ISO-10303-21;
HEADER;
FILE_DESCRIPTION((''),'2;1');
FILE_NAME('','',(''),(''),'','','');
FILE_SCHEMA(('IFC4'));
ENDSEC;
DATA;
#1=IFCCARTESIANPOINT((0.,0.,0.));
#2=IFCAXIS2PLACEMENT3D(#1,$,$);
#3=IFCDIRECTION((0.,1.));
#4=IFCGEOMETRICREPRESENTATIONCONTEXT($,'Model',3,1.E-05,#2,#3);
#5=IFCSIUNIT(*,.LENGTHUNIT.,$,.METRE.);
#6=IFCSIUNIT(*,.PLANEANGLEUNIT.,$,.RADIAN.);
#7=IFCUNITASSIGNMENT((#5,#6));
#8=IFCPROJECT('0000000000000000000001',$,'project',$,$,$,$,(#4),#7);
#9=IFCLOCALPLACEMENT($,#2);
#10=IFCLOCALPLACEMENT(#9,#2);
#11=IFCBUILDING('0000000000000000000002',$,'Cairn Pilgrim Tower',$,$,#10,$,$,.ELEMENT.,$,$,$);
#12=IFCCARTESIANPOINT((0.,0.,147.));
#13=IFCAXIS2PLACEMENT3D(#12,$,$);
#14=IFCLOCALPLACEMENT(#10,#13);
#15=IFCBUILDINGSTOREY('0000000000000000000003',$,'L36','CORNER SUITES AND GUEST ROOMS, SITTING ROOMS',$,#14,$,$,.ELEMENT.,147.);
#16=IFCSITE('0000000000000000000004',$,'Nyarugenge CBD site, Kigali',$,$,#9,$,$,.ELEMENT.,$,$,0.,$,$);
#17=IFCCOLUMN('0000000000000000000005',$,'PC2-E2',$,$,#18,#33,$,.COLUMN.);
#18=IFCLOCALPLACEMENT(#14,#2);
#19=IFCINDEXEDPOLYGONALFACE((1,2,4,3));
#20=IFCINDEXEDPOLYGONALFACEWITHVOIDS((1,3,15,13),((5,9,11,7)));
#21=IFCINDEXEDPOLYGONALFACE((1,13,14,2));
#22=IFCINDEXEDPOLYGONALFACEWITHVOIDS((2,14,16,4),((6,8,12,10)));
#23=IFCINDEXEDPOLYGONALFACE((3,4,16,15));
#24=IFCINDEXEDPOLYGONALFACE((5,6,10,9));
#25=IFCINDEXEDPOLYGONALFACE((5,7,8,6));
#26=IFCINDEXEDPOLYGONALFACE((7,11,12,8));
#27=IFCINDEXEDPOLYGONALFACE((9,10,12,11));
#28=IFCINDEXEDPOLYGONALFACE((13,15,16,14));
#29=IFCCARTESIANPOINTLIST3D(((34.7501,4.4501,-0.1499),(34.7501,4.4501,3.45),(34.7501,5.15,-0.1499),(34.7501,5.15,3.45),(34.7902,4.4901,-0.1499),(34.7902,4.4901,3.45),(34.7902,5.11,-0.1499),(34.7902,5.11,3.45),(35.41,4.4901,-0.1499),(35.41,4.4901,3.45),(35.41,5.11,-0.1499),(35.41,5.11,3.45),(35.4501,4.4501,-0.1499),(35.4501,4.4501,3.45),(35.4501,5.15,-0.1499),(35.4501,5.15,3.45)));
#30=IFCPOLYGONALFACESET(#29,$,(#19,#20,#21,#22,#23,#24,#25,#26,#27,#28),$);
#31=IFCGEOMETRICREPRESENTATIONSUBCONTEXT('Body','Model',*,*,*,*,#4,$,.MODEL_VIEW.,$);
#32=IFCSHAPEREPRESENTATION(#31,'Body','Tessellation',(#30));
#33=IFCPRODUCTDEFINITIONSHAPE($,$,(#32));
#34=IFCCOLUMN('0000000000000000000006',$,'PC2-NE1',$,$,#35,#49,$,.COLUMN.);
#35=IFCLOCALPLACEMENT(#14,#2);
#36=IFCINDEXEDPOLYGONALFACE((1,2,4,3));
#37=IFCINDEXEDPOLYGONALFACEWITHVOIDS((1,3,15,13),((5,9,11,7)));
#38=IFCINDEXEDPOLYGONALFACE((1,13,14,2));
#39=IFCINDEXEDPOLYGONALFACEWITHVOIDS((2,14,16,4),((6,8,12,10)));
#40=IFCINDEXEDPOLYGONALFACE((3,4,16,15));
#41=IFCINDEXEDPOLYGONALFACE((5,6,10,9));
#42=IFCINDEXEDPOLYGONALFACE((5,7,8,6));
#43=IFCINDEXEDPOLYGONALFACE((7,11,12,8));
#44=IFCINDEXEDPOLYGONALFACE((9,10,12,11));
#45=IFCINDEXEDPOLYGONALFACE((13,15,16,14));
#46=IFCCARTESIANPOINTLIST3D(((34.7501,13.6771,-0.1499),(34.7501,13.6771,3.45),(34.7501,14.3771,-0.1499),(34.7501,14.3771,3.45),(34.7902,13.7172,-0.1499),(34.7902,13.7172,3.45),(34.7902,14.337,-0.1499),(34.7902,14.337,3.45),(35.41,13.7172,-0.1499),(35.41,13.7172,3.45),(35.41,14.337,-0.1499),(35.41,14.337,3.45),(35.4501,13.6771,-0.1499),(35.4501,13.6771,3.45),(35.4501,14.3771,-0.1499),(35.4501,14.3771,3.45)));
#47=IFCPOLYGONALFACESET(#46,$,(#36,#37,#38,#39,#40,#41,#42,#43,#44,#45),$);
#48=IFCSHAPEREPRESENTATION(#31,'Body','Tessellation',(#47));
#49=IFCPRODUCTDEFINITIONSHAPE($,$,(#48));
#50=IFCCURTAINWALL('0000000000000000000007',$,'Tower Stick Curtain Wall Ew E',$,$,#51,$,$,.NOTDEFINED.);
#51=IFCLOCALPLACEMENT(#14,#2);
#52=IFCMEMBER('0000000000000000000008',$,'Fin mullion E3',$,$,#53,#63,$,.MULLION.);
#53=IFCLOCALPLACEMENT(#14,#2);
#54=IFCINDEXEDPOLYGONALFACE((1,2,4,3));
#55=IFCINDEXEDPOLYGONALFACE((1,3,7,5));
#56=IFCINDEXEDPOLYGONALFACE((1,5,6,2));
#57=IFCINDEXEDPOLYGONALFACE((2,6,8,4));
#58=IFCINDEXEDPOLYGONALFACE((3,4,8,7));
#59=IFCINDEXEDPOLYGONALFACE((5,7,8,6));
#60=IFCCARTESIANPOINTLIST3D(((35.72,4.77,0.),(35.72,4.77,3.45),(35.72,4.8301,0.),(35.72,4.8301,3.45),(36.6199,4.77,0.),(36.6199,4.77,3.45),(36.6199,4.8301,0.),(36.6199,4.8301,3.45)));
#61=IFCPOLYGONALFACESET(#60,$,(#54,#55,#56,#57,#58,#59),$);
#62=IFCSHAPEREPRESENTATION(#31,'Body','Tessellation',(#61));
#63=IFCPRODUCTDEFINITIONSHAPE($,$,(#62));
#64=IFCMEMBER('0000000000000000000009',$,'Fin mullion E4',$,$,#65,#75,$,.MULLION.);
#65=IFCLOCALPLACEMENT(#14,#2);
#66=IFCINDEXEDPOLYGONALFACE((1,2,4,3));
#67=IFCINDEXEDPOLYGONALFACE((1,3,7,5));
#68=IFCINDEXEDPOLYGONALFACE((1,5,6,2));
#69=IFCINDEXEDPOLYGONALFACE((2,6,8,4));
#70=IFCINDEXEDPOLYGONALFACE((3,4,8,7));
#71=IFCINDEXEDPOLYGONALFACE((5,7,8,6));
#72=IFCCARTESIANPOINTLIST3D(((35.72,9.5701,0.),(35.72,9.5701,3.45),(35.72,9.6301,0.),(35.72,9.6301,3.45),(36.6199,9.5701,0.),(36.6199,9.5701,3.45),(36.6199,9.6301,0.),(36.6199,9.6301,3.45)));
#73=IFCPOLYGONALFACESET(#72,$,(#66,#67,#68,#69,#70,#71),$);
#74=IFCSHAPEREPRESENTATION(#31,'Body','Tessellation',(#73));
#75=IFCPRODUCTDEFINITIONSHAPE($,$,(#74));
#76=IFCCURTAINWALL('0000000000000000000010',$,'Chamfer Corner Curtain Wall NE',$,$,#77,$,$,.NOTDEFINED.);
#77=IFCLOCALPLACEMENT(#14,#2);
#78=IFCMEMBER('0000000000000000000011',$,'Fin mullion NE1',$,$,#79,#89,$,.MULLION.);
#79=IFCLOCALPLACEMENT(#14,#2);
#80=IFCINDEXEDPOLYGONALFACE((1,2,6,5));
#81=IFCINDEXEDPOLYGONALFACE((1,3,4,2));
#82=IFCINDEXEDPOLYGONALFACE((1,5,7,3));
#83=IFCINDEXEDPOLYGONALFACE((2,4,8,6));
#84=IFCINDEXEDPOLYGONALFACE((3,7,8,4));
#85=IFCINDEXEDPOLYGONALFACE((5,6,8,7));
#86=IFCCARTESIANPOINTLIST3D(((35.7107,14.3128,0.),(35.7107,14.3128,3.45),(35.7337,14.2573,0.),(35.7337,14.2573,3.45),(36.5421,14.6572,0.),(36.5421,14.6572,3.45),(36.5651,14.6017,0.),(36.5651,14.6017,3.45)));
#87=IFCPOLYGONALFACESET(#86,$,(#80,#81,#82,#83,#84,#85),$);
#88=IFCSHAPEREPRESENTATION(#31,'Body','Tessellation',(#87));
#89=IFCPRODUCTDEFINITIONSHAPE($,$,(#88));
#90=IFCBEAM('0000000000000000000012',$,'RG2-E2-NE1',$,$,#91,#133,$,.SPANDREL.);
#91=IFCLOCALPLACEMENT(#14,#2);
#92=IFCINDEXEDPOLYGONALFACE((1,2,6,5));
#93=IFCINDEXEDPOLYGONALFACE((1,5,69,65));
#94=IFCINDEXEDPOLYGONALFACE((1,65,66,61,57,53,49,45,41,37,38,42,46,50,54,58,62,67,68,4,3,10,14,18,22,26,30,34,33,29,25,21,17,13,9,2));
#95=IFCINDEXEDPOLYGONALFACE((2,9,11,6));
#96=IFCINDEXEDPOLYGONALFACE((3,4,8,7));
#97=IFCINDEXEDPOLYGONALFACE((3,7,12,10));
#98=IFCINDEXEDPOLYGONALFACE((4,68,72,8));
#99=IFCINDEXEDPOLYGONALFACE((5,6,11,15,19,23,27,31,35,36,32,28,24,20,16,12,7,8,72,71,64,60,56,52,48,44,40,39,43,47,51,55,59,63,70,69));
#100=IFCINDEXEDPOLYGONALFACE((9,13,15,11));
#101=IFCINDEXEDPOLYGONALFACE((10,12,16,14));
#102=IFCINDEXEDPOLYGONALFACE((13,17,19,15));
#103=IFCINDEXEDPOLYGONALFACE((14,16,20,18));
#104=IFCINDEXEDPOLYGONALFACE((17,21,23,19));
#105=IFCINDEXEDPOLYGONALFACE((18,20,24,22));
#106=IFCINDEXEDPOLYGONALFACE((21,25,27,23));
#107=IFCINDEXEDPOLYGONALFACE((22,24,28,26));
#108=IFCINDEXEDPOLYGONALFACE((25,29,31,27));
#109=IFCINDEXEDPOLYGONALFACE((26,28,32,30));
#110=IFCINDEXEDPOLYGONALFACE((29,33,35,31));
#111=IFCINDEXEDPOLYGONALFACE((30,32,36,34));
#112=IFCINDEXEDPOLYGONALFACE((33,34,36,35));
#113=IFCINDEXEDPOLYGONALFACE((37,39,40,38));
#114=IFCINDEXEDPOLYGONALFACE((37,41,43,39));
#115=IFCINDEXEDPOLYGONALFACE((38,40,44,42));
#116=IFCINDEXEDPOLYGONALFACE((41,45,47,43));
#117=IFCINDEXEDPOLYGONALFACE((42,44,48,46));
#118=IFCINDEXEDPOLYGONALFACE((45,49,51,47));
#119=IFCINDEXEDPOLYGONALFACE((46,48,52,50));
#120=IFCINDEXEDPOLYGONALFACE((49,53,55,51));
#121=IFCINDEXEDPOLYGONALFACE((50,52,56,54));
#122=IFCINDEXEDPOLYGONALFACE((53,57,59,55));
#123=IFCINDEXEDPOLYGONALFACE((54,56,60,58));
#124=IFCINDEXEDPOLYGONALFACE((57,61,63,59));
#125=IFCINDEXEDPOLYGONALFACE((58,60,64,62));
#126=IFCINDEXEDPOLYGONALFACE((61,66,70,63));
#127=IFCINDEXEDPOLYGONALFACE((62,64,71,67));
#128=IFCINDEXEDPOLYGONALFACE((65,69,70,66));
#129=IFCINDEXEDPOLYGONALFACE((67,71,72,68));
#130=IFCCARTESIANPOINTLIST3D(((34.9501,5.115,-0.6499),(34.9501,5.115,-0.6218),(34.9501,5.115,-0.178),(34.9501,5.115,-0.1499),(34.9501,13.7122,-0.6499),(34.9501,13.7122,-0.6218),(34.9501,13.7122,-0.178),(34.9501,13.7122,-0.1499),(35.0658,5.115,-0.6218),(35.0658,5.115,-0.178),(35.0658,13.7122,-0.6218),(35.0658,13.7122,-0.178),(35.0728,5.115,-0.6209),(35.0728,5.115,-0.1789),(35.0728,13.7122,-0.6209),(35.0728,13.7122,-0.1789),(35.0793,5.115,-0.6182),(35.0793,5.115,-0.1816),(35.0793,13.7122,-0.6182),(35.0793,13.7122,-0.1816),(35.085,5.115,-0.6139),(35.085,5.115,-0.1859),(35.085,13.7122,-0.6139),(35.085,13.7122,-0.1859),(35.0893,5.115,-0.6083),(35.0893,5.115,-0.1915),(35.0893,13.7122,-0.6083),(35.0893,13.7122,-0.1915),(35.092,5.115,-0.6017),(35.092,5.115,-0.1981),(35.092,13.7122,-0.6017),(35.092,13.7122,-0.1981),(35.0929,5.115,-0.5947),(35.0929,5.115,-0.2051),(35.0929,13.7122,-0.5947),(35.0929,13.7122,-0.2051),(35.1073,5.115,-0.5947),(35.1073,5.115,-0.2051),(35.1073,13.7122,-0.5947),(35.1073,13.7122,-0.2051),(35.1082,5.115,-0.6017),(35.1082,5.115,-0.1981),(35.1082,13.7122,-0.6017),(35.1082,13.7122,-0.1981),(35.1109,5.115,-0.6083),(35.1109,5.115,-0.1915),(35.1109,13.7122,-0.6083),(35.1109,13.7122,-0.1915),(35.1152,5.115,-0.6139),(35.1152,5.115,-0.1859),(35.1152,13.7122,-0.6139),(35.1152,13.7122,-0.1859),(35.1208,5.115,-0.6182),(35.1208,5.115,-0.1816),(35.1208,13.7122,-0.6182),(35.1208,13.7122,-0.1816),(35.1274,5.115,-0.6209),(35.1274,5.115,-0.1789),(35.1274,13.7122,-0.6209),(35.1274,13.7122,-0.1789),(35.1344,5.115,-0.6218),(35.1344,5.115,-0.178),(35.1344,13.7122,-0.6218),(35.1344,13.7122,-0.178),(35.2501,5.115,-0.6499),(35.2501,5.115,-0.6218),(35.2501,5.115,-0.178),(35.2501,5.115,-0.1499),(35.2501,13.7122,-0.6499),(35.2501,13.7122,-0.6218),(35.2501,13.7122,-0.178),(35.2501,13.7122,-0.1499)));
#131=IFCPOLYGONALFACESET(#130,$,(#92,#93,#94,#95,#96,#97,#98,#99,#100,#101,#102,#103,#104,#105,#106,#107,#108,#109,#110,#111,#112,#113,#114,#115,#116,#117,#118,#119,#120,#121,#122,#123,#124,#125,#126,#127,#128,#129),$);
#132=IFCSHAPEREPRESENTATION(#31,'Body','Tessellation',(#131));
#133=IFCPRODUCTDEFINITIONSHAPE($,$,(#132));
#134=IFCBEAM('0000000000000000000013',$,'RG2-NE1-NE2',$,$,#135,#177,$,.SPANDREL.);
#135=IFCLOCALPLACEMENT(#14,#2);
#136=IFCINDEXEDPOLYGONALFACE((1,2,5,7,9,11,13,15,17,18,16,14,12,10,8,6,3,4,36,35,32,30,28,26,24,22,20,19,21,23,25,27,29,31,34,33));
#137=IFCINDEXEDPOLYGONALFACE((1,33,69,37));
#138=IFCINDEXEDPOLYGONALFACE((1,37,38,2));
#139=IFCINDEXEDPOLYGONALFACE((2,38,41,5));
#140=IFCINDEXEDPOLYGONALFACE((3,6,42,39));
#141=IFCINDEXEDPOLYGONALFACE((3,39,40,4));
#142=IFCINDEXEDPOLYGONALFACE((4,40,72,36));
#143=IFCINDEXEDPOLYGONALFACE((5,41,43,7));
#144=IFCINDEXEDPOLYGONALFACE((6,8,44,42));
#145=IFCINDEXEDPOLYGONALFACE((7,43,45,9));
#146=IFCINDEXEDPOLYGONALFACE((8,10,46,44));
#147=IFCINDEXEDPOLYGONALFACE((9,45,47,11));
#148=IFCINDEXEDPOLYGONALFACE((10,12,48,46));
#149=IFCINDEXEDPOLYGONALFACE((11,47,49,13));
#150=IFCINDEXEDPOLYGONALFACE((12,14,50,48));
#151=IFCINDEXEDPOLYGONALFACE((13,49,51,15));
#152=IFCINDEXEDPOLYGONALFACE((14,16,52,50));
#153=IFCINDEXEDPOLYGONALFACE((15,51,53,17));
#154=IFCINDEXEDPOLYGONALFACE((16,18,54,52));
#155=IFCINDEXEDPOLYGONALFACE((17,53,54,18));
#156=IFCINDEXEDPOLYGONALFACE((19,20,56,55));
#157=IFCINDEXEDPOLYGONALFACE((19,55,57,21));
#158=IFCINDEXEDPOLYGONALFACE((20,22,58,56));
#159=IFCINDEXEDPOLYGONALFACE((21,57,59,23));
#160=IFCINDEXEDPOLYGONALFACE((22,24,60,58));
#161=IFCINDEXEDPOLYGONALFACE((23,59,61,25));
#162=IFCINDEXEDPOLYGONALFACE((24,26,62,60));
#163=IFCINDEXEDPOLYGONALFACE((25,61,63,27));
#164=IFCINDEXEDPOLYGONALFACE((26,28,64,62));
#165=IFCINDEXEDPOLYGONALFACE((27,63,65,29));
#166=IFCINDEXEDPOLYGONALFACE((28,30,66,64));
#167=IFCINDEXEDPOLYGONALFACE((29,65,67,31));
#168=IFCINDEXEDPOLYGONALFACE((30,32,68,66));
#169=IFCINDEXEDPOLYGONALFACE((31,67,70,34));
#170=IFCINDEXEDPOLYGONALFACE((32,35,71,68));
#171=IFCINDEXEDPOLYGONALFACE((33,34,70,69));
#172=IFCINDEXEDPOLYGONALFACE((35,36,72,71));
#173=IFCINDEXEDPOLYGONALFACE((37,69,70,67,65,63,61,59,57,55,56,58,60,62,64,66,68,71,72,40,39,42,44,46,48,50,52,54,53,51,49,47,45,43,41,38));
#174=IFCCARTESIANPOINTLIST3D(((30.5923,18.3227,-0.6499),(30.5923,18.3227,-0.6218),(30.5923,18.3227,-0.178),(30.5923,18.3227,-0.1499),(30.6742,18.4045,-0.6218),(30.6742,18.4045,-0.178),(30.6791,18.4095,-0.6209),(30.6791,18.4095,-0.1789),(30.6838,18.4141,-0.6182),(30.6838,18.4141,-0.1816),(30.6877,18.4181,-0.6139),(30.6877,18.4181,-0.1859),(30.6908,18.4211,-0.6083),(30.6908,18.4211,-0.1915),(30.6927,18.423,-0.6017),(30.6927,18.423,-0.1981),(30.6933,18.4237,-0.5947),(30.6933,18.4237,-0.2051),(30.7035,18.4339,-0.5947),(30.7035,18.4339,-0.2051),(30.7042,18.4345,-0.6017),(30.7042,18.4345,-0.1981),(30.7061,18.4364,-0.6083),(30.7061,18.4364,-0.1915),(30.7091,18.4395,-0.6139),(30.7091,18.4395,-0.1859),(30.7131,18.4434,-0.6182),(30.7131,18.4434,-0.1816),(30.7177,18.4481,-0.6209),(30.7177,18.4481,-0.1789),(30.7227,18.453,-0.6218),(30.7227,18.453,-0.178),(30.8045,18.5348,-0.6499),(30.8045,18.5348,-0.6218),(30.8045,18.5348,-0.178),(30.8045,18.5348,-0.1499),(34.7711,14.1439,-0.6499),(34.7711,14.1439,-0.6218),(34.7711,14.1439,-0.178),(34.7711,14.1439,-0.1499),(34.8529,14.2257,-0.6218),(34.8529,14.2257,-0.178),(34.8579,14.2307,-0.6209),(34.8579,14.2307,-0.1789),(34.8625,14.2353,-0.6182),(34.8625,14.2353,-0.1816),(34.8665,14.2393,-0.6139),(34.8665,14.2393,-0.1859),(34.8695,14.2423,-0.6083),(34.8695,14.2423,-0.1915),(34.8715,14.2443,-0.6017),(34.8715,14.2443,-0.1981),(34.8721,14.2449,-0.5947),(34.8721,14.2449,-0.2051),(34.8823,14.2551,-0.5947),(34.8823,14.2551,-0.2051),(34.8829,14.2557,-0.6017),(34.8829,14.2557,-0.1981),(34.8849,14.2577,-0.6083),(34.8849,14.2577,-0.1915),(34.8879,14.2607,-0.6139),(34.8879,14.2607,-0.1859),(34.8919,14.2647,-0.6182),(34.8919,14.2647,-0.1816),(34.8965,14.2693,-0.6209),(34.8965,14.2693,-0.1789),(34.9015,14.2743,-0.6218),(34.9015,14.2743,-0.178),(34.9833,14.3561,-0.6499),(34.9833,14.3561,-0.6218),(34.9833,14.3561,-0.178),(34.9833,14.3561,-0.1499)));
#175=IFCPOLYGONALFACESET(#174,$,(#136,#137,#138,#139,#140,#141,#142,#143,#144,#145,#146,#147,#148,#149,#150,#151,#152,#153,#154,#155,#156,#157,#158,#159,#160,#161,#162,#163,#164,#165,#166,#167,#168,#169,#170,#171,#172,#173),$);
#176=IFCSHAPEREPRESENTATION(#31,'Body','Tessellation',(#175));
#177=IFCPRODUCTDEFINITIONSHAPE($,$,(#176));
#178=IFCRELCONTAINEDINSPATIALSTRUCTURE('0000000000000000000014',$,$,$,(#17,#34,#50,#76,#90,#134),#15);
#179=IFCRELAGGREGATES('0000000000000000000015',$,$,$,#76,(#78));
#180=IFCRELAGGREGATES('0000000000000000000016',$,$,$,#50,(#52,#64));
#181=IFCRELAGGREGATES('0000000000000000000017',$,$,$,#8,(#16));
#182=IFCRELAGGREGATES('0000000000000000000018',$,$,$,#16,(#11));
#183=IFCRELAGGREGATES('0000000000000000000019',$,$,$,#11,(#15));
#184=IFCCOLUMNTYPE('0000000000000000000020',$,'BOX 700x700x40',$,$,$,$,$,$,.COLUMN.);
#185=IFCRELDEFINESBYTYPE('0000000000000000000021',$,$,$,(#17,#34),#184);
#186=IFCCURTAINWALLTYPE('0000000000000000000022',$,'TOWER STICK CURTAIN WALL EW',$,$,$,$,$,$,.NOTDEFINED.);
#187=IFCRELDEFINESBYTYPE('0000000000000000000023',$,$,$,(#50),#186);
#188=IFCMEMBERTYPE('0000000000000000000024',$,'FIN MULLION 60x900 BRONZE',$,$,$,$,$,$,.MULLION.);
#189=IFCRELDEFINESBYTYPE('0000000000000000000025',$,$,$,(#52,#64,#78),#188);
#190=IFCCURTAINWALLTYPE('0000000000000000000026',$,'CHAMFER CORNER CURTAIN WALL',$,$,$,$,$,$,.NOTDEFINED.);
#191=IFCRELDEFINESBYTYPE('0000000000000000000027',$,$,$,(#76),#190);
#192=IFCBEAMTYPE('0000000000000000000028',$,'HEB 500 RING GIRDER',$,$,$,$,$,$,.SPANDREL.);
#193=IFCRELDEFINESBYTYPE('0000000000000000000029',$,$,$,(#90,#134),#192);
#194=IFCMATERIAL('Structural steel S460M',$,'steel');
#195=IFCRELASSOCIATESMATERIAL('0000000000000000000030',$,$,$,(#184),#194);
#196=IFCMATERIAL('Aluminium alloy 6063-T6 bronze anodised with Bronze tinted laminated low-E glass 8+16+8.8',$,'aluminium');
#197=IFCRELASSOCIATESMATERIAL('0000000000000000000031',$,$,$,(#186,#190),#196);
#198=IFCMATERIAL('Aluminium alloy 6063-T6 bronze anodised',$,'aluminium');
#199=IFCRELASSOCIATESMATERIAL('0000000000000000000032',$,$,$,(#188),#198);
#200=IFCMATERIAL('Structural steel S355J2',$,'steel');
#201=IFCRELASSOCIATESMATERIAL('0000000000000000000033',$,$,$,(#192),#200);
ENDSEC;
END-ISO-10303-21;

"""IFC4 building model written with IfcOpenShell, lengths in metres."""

from ifc_helpers import new_model, si_unit, direction, frame, origin, origin_2d, place, context, subcontext, project, spatial, rectangle, hollow_rectangle, i_section, extrude, material, material_profile, profile_set, type_object, element, aggregate, save


model = new_model("IFC4")

# Units and contexts
model_context = context("Model", 3, precision=1e-05, world=origin(), true_north=direction((0.0, 1.0)))
body_context = subcontext(model_context, "Body", "Model", "MODEL_VIEW")
ifc_project = project(units=[si_unit("LENGTHUNIT", "METRE"), si_unit("PLANEANGLEUNIT", "RADIAN")], contexts=[model_context])

# Site, building, storey
site_placement = place(None, origin())
site = spatial("IfcSite", under=ifc_project, at=site_placement, Name="Nyarugenge CBD site, Kigali", CompositionType="ELEMENT", RefElevation=0.0)
building_placement = place(site_placement, origin())
building = spatial("IfcBuilding", under=site, at=building_placement, Name="Cairn Pilgrim Tower", CompositionType="ELEMENT")
storey_placement = place(building_placement, frame((0.0, 0.0, 147.0)))
storey = spatial("IfcBuildingStorey", under=building, at=storey_placement, Name="L36", Description="CORNER SUITES AND GUEST ROOMS, SITTING ROOMS", CompositionType="ELEMENT", Elevation=147.0)

# Columns
ifc_material_1 = material(Name="Structural steel S460M", Category="steel")
ifc_material_profile_1 = material_profile(ifc_material_1, hollow_rectangle(XDim=0.7, YDim=0.7, WallThickness=0.04, at=origin_2d()), Name="BOX 700x700x40")
ifc_profile_set_1 = profile_set([ifc_material_profile_1], Name="Structural steel S460M")
column_type = type_object("IfcColumnType", Name="BOX 700x700x40", PredefinedType="COLUMN", material=ifc_profile_set_1)
for number, where, z_axis, x_axis, name in (
    (1, (35.1001, 4.8, -0.1499), (0.0, 0.0, 1.0), (1.0, 0.0, 0.0), "PC2-E2"),
    (2, (35.1001, 14.0271, -0.1499), (0.0, 0.0, 1.0), (1.0, 0.0, 0.0), "PC2-NE1"),
):
    element("IfcColumn", number, at=place(storey_placement, frame(where, z_axis=z_axis, x_axis=x_axis)), inside=storey, type_object=column_type, Name=name, PredefinedType="COLUMN", context=body_context, shape_type="SweptSolid", body=[
        extrude(hollow_rectangle(XDim=0.7, YDim=0.7, WallThickness=0.04, at=origin_2d()), origin(), (0.0, 0.0, 1.0), 3.5999),
    ])

# Curtain wall, members
ifc_material_2 = material(Name="Aluminium alloy 6063-T6 bronze anodised with Bronze tinted laminated low-E glass 8+16+8.8", Category="aluminium")
curtain_wall_type_1 = type_object("IfcCurtainWallType", Name="TOWER STICK CURTAIN WALL EW", PredefinedType="NOTDEFINED", material=ifc_material_2)
curtain_wall_1_placement = place(storey_placement, origin())
curtain_wall_1 = element("IfcCurtainWall", 3, at=curtain_wall_1_placement, inside=storey, type_object=curtain_wall_type_1, Name="Tower Stick Curtain Wall Ew E", PredefinedType="NOTDEFINED")
ifc_material_3 = material(Name="Aluminium alloy 6063-T6 bronze anodised", Category="aluminium")
ifc_material_profile_2 = material_profile(ifc_material_3, rectangle(XDim=0.8999, YDim=0.0601, at=origin_2d()), Name="FIN MULLION 60x900 BRONZE")
ifc_profile_set_2 = profile_set([ifc_material_profile_2], Name="Aluminium alloy 6063-T6 bronze anodised")
member_type_1 = type_object("IfcMemberType", Name="FIN MULLION 60x900 BRONZE", PredefinedType="MULLION", material=ifc_profile_set_2)
member_1_placement = place(storey_placement, frame((36.1699, 4.8, 0.0), z_axis=(0.0, 0.0, 1.0), x_axis=(1.0, 0.0, 0.0)))
member_1 = element("IfcMember", 4, at=member_1_placement, type_object=member_type_1, Name="Fin mullion E3", PredefinedType="MULLION", context=body_context, shape_type="SweptSolid", body=[
    extrude(rectangle(XDim=0.8999, YDim=0.0601, at=origin_2d()), origin(), (0.0, 0.0, 1.0), 3.45),
])
member_2_placement = place(storey_placement, frame((36.1699, 9.6001, 0.0), z_axis=(0.0, 0.0, 1.0), x_axis=(1.0, 0.0, 0.0)))
member_2 = element("IfcMember", 5, at=member_2_placement, type_object=member_type_1, Name="Fin mullion E4", PredefinedType="MULLION", context=body_context, shape_type="SweptSolid", body=[
    extrude(rectangle(XDim=0.8999, YDim=0.0601, at=origin_2d()), origin(), (0.0, 0.0, 1.0), 3.45),
])

# Curtain wall, member
curtain_wall_type_2 = type_object("IfcCurtainWallType", Name="CHAMFER CORNER CURTAIN WALL", PredefinedType="NOTDEFINED", material=ifc_material_2)
curtain_wall_2_placement = place(storey_placement, origin())
curtain_wall_2 = element("IfcCurtainWall", 6, at=curtain_wall_2_placement, inside=storey, type_object=curtain_wall_type_2, Name="Chamfer Corner Curtain Wall NE", PredefinedType="NOTDEFINED")
member_3_placement = place(storey_placement, frame((36.1379, 14.4573, 0.0), z_axis=(0.0, 0.0, 1.0), x_axis=(0.92388, 0.382683, 0.0)))
member_3 = element("IfcMember", 7, at=member_3_placement, type_object=member_type_1, Name="Fin mullion NE1", PredefinedType="MULLION", context=body_context, shape_type="SweptSolid", body=[
    extrude(rectangle(XDim=0.8999, YDim=0.0601, at=origin_2d()), origin(), (0.0, 0.0, 1.0), 3.45),
])
aggregate(curtain_wall_2, [member_3])

# Beams
ifc_material_4 = material(Name="Structural steel S355J2", Category="steel")
ifc_material_profile_3 = material_profile(ifc_material_4, i_section(OverallWidth=0.3, OverallDepth=0.5, WebThickness=0.0144, FlangeThickness=0.0281, FilletRadius=0.0271, at=origin_2d()), Name="HEB 500")
ifc_profile_set_3 = profile_set([ifc_material_profile_3], Name="Structural steel S355J2")
beam_type_1 = type_object("IfcBeamType", Name="HEB 500 RING GIRDER", PredefinedType="SPANDREL", material=ifc_profile_set_3)
beam_1_placement = place(storey_placement, frame((35.1001, 5.115, -0.3999), z_axis=(0.0, 1.0, 0.0), x_axis=(-1.0, 0.0, 0.0)))
element("IfcBeam", 8, at=beam_1_placement, inside=storey, type_object=beam_type_1, Name="RG2-E2-NE1", PredefinedType="SPANDREL", context=body_context, shape_type="SweptSolid", body=[
    extrude(i_section(OverallWidth=0.3, OverallDepth=0.5, WebThickness=0.0144, FlangeThickness=0.0281, FilletRadius=0.0271, at=origin_2d()), origin(), (0.0, 0.0, 1.0), 8.5972),
])
beam_2_placement = place(storey_placement, frame((34.8772, 14.25, -0.3999), z_axis=(-0.707107, 0.707107, 0.0), x_axis=(-0.707107, -0.707107, 0.0)))
element("IfcBeam", 9, at=beam_2_placement, inside=storey, type_object=beam_type_1, Name="RG2-NE1-NE2", PredefinedType="SPANDREL", context=body_context, shape_type="SweptSolid", body=[
    extrude(i_section(OverallWidth=0.3, OverallDepth=0.5, WebThickness=0.0144, FlangeThickness=0.0281, FilletRadius=0.0271, at=origin_2d()), origin(), (0.0, 0.0, 1.0), 5.9097),
])

aggregate(curtain_wall_1, [member_1, member_2])

save(model, "model.ifc")
